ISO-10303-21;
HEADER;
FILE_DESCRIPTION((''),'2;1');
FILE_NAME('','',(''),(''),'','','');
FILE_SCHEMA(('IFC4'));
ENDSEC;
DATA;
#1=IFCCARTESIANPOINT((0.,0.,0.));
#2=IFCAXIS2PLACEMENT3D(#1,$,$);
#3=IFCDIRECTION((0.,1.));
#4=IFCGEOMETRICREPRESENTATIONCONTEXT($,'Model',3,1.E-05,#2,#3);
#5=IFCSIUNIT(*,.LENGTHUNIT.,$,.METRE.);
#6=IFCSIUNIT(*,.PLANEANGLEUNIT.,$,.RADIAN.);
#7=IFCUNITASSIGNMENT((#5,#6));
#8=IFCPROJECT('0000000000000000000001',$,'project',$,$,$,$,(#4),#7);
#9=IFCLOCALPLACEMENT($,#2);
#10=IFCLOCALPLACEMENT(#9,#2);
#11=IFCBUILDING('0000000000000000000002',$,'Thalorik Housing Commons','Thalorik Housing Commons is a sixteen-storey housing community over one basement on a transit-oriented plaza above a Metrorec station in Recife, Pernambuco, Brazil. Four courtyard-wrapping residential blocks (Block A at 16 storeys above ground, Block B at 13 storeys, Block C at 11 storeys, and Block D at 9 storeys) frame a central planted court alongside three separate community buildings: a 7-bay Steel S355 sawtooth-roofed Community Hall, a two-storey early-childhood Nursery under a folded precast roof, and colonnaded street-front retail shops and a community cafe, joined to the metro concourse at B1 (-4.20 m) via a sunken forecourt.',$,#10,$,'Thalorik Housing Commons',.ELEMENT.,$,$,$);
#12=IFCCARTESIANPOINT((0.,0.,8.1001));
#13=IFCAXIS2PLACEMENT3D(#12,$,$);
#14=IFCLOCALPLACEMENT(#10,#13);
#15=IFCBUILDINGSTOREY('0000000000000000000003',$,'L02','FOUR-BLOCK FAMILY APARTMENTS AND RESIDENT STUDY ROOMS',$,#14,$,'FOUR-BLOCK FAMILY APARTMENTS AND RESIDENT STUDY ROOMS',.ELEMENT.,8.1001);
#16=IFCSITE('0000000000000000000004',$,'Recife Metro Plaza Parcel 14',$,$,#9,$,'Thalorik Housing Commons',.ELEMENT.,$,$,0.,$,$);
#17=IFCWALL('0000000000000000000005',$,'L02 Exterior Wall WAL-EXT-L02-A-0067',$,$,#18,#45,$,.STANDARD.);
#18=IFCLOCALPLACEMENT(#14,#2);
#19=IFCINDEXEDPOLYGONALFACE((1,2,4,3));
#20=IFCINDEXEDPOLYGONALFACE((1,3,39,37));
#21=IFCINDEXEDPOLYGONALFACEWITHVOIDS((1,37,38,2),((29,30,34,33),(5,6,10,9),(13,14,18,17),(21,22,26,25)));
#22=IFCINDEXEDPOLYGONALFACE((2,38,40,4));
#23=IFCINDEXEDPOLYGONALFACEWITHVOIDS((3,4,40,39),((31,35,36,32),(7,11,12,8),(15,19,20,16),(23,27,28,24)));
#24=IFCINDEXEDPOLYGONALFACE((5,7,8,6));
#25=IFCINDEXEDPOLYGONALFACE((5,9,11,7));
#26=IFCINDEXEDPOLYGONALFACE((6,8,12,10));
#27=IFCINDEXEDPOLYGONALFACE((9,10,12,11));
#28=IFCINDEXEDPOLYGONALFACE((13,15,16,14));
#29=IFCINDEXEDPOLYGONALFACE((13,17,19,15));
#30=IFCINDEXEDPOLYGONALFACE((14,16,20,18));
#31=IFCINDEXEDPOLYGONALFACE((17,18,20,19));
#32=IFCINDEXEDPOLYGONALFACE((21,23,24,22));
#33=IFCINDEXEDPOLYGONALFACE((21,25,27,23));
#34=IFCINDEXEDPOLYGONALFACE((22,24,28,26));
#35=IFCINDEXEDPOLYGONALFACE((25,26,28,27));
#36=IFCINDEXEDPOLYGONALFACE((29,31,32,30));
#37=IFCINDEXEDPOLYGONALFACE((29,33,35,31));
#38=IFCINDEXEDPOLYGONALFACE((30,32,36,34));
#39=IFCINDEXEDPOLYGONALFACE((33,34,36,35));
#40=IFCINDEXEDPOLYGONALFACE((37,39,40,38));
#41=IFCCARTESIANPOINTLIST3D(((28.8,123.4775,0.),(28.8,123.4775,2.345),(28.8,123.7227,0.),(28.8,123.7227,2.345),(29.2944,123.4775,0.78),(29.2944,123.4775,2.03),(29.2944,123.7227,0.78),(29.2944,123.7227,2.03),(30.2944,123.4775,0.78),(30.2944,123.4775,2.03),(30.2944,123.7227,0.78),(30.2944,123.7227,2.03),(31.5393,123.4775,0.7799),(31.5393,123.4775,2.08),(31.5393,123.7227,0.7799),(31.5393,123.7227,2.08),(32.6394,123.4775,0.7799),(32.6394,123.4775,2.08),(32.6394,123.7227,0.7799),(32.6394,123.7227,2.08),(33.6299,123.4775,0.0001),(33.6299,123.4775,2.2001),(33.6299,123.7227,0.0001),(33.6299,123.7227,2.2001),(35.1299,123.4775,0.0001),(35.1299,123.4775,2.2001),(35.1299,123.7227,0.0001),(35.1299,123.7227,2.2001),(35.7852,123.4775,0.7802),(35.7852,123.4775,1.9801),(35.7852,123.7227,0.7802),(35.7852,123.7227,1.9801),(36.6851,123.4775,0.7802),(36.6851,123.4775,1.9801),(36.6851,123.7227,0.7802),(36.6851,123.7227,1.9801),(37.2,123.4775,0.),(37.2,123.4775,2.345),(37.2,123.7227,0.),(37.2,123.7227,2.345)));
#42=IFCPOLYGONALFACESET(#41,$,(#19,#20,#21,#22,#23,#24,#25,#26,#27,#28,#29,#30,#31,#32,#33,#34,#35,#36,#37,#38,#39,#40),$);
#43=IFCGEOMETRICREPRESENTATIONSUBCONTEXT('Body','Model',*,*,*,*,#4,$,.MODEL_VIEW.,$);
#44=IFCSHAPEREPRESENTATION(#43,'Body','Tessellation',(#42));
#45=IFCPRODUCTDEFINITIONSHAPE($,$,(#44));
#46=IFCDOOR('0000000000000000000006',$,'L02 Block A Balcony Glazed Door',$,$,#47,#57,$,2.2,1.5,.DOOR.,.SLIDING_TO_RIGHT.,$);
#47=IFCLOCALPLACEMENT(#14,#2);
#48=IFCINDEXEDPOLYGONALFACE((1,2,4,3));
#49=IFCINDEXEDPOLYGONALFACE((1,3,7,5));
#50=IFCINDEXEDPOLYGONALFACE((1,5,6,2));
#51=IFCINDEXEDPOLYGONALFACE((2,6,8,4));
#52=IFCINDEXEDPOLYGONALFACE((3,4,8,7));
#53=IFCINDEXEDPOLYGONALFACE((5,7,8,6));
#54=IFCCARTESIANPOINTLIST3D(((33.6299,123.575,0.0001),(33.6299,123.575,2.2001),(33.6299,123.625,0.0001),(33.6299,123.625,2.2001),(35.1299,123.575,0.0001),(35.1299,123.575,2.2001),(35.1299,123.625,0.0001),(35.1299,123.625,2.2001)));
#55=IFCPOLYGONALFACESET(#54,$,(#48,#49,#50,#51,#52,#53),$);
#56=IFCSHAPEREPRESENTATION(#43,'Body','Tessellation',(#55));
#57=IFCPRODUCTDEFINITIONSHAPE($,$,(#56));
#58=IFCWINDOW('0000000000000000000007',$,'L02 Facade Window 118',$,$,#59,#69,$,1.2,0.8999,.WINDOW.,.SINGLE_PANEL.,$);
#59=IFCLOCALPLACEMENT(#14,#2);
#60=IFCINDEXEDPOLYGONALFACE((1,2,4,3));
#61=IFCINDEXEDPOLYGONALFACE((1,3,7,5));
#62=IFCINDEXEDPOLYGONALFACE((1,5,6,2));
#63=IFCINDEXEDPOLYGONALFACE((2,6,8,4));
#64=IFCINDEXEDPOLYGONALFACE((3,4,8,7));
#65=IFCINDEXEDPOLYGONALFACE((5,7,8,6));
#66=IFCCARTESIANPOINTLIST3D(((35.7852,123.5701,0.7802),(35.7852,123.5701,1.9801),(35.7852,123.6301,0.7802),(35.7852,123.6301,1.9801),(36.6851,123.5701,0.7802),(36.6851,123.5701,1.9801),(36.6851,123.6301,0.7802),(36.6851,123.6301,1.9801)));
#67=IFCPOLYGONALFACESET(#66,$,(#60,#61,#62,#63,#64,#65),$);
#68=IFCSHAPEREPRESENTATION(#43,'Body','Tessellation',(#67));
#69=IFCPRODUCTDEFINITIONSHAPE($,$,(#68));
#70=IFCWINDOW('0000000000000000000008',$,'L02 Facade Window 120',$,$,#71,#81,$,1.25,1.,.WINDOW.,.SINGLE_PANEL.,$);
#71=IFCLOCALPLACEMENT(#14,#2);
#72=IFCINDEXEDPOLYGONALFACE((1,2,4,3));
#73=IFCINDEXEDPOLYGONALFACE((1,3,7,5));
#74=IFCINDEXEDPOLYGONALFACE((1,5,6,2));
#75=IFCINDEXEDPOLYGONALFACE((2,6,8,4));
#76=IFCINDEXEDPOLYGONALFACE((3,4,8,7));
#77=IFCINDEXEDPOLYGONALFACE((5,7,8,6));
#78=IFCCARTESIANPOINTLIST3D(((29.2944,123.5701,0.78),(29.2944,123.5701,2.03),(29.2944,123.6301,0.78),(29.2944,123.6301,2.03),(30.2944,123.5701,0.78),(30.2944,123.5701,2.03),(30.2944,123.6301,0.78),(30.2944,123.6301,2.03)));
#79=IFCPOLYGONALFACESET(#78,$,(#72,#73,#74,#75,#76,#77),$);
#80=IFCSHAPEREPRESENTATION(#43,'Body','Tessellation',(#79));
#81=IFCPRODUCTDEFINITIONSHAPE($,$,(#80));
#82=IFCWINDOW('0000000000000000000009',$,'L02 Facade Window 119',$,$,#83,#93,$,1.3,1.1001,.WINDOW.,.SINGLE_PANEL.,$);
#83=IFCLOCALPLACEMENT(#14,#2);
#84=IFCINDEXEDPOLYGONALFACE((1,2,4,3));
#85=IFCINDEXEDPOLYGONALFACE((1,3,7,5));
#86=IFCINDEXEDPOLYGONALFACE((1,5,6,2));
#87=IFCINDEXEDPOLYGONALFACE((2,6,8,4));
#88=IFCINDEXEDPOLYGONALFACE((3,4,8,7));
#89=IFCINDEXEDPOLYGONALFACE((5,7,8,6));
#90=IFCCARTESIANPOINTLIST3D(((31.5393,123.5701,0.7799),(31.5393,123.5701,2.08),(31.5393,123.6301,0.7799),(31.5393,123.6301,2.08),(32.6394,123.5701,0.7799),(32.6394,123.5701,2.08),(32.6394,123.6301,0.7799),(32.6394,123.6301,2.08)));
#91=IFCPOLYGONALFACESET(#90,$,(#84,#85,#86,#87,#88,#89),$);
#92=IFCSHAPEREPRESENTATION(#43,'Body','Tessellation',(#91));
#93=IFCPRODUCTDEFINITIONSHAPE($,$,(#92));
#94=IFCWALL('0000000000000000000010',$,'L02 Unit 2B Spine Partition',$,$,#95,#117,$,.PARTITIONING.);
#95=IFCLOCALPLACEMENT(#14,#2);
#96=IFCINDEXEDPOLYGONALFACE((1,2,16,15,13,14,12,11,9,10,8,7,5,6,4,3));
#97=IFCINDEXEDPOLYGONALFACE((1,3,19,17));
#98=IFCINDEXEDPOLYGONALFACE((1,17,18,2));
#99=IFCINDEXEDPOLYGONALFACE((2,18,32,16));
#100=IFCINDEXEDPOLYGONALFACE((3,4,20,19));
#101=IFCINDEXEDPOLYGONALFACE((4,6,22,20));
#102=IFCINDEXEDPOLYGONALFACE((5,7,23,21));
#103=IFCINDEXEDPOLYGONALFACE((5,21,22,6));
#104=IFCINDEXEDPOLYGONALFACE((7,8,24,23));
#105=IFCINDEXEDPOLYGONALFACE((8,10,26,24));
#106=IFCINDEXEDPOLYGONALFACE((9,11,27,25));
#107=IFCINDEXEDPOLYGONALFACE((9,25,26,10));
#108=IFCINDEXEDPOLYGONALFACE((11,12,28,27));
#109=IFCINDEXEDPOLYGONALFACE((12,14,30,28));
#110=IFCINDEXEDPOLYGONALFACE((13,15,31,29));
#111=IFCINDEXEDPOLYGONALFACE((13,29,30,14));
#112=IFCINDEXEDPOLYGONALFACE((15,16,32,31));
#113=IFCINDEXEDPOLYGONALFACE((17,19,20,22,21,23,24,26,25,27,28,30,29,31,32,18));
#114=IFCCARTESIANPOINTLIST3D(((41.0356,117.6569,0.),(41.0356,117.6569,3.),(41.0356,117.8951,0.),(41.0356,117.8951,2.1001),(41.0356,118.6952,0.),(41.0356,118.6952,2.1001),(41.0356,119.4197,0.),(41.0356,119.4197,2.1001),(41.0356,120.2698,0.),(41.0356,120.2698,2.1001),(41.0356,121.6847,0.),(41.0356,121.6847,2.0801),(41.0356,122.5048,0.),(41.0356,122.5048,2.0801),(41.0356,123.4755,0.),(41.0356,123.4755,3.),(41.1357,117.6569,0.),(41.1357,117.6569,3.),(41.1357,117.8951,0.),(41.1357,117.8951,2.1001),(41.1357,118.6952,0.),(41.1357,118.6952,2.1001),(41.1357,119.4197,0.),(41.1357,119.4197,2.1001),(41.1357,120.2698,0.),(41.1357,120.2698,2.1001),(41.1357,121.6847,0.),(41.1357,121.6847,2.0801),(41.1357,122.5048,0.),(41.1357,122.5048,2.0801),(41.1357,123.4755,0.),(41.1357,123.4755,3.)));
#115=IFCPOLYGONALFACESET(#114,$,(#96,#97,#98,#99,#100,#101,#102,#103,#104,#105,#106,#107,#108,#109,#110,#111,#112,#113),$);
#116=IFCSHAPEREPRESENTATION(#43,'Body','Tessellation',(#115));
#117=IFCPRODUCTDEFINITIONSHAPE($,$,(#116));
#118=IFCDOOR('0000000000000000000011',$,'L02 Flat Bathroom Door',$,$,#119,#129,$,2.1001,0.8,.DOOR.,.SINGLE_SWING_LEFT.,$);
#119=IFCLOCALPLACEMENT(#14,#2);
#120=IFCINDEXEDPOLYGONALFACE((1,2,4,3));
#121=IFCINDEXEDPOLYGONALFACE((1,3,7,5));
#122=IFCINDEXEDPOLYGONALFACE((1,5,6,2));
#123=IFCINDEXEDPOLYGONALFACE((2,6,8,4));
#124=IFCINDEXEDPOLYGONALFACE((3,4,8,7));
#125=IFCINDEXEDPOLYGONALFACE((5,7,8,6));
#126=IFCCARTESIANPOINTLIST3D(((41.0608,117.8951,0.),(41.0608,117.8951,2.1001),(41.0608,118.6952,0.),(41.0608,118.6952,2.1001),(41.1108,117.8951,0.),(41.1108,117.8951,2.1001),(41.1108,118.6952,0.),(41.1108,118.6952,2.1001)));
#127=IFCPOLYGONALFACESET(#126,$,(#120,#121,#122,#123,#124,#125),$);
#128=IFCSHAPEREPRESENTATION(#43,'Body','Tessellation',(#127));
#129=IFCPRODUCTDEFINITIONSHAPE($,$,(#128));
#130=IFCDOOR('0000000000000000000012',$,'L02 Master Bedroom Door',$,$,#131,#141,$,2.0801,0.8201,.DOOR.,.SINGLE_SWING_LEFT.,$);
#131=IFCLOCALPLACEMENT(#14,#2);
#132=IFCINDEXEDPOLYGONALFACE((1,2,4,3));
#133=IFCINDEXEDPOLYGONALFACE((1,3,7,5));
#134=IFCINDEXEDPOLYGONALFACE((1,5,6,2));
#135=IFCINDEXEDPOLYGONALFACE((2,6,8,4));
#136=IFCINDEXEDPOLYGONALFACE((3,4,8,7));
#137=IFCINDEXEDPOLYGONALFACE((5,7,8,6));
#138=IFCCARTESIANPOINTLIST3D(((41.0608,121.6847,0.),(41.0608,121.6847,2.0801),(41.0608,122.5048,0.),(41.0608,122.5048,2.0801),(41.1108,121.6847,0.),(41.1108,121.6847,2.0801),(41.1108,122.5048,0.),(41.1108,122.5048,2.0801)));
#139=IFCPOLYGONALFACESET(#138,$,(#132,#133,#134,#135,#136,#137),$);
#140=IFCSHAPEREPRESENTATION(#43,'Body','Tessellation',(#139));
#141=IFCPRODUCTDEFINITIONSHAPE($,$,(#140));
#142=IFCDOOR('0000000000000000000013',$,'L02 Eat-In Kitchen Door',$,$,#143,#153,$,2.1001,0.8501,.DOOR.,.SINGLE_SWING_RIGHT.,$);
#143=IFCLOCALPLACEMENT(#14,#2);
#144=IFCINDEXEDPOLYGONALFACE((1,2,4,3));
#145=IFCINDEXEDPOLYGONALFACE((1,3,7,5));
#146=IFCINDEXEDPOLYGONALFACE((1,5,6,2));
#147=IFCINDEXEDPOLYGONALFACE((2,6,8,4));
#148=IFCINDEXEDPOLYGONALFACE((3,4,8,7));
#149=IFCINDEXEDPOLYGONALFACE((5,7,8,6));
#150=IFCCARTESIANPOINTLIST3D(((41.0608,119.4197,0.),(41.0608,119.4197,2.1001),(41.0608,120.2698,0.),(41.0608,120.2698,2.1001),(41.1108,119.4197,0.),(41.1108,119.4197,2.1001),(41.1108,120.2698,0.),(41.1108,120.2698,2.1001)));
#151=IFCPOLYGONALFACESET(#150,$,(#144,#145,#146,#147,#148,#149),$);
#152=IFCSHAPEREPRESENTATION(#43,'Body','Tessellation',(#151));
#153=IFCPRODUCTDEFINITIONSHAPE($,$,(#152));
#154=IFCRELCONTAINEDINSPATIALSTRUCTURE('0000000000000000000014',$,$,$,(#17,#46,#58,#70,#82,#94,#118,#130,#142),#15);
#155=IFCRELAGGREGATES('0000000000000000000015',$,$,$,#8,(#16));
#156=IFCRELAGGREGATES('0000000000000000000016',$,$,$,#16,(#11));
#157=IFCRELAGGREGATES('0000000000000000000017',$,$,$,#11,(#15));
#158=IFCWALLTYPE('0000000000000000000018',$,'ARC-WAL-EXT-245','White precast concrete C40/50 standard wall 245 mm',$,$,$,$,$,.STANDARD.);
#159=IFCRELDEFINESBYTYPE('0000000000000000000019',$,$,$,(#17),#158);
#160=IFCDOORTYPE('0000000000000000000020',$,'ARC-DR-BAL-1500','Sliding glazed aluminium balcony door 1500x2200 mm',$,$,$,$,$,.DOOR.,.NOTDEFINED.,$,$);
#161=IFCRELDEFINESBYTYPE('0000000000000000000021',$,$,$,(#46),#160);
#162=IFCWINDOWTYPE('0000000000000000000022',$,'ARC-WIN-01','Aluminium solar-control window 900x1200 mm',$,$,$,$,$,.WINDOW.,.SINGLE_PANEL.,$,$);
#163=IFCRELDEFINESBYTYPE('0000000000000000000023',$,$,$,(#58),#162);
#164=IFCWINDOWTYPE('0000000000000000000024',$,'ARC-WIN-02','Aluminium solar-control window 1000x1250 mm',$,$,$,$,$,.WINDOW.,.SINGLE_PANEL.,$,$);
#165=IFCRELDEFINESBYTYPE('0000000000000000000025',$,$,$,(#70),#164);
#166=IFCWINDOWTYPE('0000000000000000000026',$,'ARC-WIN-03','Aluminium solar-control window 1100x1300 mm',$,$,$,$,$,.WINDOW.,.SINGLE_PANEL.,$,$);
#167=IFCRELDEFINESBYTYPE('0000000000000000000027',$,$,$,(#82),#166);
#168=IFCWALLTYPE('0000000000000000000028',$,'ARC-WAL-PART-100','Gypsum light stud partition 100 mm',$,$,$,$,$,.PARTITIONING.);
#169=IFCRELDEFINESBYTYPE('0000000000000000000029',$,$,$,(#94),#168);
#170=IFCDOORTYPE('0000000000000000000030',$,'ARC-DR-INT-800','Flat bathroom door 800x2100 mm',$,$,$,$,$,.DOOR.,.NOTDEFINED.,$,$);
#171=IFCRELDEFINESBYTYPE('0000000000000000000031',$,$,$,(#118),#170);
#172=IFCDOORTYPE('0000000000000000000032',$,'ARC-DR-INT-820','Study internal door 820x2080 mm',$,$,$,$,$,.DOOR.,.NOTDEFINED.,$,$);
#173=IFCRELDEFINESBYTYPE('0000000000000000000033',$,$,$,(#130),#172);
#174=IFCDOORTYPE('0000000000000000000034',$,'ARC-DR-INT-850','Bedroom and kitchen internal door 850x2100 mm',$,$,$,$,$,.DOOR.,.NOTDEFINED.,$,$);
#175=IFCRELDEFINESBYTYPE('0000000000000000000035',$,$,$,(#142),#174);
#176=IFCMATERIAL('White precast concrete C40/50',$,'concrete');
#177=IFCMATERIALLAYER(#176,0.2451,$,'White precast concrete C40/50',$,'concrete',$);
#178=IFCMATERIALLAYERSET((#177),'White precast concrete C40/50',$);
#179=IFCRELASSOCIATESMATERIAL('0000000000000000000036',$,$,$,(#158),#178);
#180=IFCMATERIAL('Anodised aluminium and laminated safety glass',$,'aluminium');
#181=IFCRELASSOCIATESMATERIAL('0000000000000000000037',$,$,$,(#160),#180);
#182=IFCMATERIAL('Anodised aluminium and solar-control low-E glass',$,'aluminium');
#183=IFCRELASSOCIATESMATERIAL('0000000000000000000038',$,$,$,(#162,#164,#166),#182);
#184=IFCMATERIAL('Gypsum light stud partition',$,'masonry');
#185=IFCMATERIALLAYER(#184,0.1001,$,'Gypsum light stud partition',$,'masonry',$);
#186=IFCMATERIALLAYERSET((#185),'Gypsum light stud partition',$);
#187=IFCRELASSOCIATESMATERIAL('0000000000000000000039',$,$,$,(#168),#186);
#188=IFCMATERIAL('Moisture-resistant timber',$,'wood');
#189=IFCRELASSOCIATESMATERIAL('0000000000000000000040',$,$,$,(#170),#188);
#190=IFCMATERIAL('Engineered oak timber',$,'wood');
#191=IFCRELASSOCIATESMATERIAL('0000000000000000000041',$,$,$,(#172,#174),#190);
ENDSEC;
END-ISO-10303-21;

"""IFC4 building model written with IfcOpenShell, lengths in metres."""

from ifc_helpers import new_model, si_unit, direction, frame, frame_2d, origin, place, context, subcontext, project, spatial, rectangle, extrude, material, layer, layer_set, type_object, element, fill, save


model = new_model("IFC4")

# Units and contexts
model_context = context("Model", 3, precision=1e-05, world=origin(), true_north=direction((0.0, 1.0)))
body_context = subcontext(model_context, "Body", "Model", "MODEL_VIEW")
ifc_project = project(units=[si_unit("LENGTHUNIT", "METRE"), si_unit("PLANEANGLEUNIT", "RADIAN")], contexts=[model_context])

# Site, building, storey
site_placement = place(None, origin())
site = spatial("IfcSite", under=ifc_project, at=site_placement, Name="Recife Metro Plaza Parcel 14", LongName="Thalorik Housing Commons", CompositionType="ELEMENT", RefElevation=0.0)
building_placement = place(site_placement, origin())
building = spatial("IfcBuilding", under=site, at=building_placement, Name="Thalorik Housing Commons", Description="Thalorik Housing Commons is a sixteen-storey housing community over one basement on a transit-oriented plaza above a Metrorec station in Recife, Pernambuco, Brazil. Four courtyard-wrapping residential blocks (Block A at 16 storeys above ground, Block B at 13 storeys, Block C at 11 storeys, and Block D at 9 storeys) frame a central planted court alongside three separate community buildings: a 7-bay Steel S355 sawtooth-roofed Community Hall, a two-storey early-childhood Nursery under a folded precast roof, and colonnaded street-front retail shops and a community cafe, joined to the metro concourse at B1 (-4.20 m) via a sunken forecourt.", LongName="Thalorik Housing Commons", CompositionType="ELEMENT")
storey_placement = place(building_placement, frame((0.0, 0.0, 8.1001)))
storey = spatial("IfcBuildingStorey", under=building, at=storey_placement, Name="L02", Description="FOUR-BLOCK FAMILY APARTMENTS AND RESIDENT STUDY ROOMS", LongName="FOUR-BLOCK FAMILY APARTMENTS AND RESIDENT STUDY ROOMS", CompositionType="ELEMENT", Elevation=8.1001)

# Wall, openings, door, windows
ifc_material_1 = material(Name="White precast concrete C40/50", Category="concrete")
ifc_layer_1 = layer(ifc_material_1, 0.2451, Name="White precast concrete C40/50", Category="concrete")
ifc_layer_set_1 = layer_set([ifc_layer_1], Name="White precast concrete C40/50")
wall_type_1 = type_object("IfcWallType", Name="ARC-WAL-EXT-245", Description="White precast concrete C40/50 standard wall 245 mm", PredefinedType="STANDARD", material=ifc_layer_set_1)
wall_1_placement = place(storey_placement, frame((37.2, 123.6001, 0.0), z_axis=(0.0, 0.0, 1.0), x_axis=(-1.0, 0.0, 0.0)))
wall_1 = element("IfcWall", 1, at=wall_1_placement, inside=storey, type_object=wall_type_1, Name="L02 Exterior Wall WAL-EXT-L02-A-0067", PredefinedType="STANDARD", context=body_context, shape_type="SweptSolid", body=[
    extrude(rectangle(XDim=8.3999, YDim=0.2451, at=frame_2d((4.2, 0.0))), origin(), (0.0, 0.0, 1.0), 2.345),
])
opening_1_placement = place(wall_1_placement, frame((2.0701, 0.0, 0.0)))
opening_1 = element("IfcOpeningElement", 2, at=opening_1_placement, cuts=wall_1, PredefinedType="OPENING", context=body_context, shape_type="SweptSolid", body=[
    extrude(rectangle(XDim=1.5, YDim=2.2, at=frame_2d((0.75, 1.1001))), frame((0.0, 0.1326, 0.0), z_axis=(0.0, -1.0, 0.0), x_axis=(1.0, 0.0, 0.0)), (0.0, 0.0, 1.0), 0.2651),
])
opening_2_placement = place(wall_1_placement, frame((0.5149, 0.0, 0.78)))
opening_2 = element("IfcOpeningElement", 3, at=opening_2_placement, cuts=wall_1, PredefinedType="OPENING", context=body_context, shape_type="SweptSolid", body=[
    extrude(rectangle(XDim=0.8999, YDim=1.2, at=frame_2d((0.45, 0.6001))), frame((0.0, 0.1326, 0.0), z_axis=(0.0, -1.0, 0.0), x_axis=(1.0, 0.0, 0.0)), (0.0, 0.0, 1.0), 0.2651),
])
opening_3_placement = place(wall_1_placement, frame((4.5605, 0.0, 0.78)))
opening_3 = element("IfcOpeningElement", 4, at=opening_3_placement, cuts=wall_1, PredefinedType="OPENING", context=body_context, shape_type="SweptSolid", body=[
    extrude(rectangle(XDim=1.1001, YDim=1.3, at=frame_2d((0.55, 0.6499))), frame((0.0, 0.1326, 0.0), z_axis=(0.0, -1.0, 0.0), x_axis=(1.0, 0.0, 0.0)), (0.0, 0.0, 1.0), 0.2651),
])
opening_4_placement = place(wall_1_placement, frame((6.9055, 0.0, 0.78)))
opening_4 = element("IfcOpeningElement", 5, at=opening_4_placement, cuts=wall_1, PredefinedType="OPENING", context=body_context, shape_type="SweptSolid", body=[
    extrude(rectangle(XDim=1.0, YDim=1.25, at=frame_2d((0.5, 0.625))), frame((0.0, 0.1326, 0.0), z_axis=(0.0, -1.0, 0.0), x_axis=(1.0, 0.0, 0.0)), (0.0, 0.0, 1.0), 0.2651),
])
ifc_material_2 = material(Name="Anodised aluminium and laminated safety glass", Category="aluminium")
door_type_1 = type_object("IfcDoorType", Name="ARC-DR-BAL-1500", Description="Sliding glazed aluminium balcony door 1500x2200 mm", OperationType="NOTDEFINED", PredefinedType="DOOR", material=ifc_material_2)
door_1_placement = place(opening_1_placement, frame((1.5, 0.0, 0.0), z_axis=(0.0, 0.0, 1.0), x_axis=(-1.0, 0.0, 0.0)))
door_1 = element("IfcDoor", 6, at=door_1_placement, inside=storey, type_object=door_type_1, Name="L02 Block A Balcony Glazed Door", OperationType="SLIDING_TO_RIGHT", OverallHeight=2.2, OverallWidth=1.5, PredefinedType="DOOR", context=body_context, shape_type="SweptSolid", body=[
    extrude(rectangle(XDim=1.5, YDim=2.2, at=frame_2d((0.75, 1.1001))), frame((0.0, 0.0249, 0.0), z_axis=(0.0, -1.0, 0.0), x_axis=(1.0, 0.0, 0.0)), (0.0, 0.0, 1.0), 0.05),
])
fill(opening_1, door_1)
ifc_material_3 = material(Name="Anodised aluminium and solar-control low-E glass", Category="aluminium")
window_type_1 = type_object("IfcWindowType", Name="ARC-WIN-01", Description="Aluminium solar-control window 900x1200 mm", PartitioningType="SINGLE_PANEL", PredefinedType="WINDOW", material=ifc_material_3)
window_1_placement = place(opening_2_placement, origin())
window_1 = element("IfcWindow", 7, at=window_1_placement, inside=storey, type_object=window_type_1, Name="L02 Facade Window 118", OverallHeight=1.2, OverallWidth=0.8999, PartitioningType="SINGLE_PANEL", PredefinedType="WINDOW", context=body_context, shape_type="SweptSolid", body=[
    extrude(rectangle(XDim=0.8999, YDim=1.2, at=frame_2d((0.45, 0.6001))), frame((0.0, 0.03, 0.0), z_axis=(0.0, -1.0, 0.0), x_axis=(1.0, 0.0, 0.0)), (0.0, 0.0, 1.0), 0.0601),
])
fill(opening_2, window_1)
window_type_2 = type_object("IfcWindowType", Name="ARC-WIN-02", Description="Aluminium solar-control window 1000x1250 mm", PartitioningType="SINGLE_PANEL", PredefinedType="WINDOW", material=ifc_material_3)
window_2_placement = place(opening_4_placement, origin())
window_2 = element("IfcWindow", 8, at=window_2_placement, inside=storey, type_object=window_type_2, Name="L02 Facade Window 120", OverallHeight=1.25, OverallWidth=1.0, PartitioningType="SINGLE_PANEL", PredefinedType="WINDOW", context=body_context, shape_type="SweptSolid", body=[
    extrude(rectangle(XDim=1.0, YDim=1.25, at=frame_2d((0.5, 0.625))), frame((0.0, 0.03, 0.0), z_axis=(0.0, -1.0, 0.0), x_axis=(1.0, 0.0, 0.0)), (0.0, 0.0, 1.0), 0.0601),
])
fill(opening_4, window_2)
window_type_3 = type_object("IfcWindowType", Name="ARC-WIN-03", Description="Aluminium solar-control window 1100x1300 mm", PartitioningType="SINGLE_PANEL", PredefinedType="WINDOW", material=ifc_material_3)
window_3_placement = place(opening_3_placement, origin())
window_3 = element("IfcWindow", 9, at=window_3_placement, inside=storey, type_object=window_type_3, Name="L02 Facade Window 119", OverallHeight=1.3, OverallWidth=1.1001, PartitioningType="SINGLE_PANEL", PredefinedType="WINDOW", context=body_context, shape_type="SweptSolid", body=[
    extrude(rectangle(XDim=1.1001, YDim=1.3, at=frame_2d((0.55, 0.6499))), frame((0.0, 0.03, 0.0), z_axis=(0.0, -1.0, 0.0), x_axis=(1.0, 0.0, 0.0)), (0.0, 0.0, 1.0), 0.0601),
])
fill(opening_3, window_3)

# Wall, openings, doors
ifc_material_4 = material(Name="Gypsum light stud partition", Category="masonry")
ifc_layer_2 = layer(ifc_material_4, 0.1001, Name="Gypsum light stud partition", Category="masonry")
ifc_layer_set_2 = layer_set([ifc_layer_2], Name="Gypsum light stud partition")
wall_type_2 = type_object("IfcWallType", Name="ARC-WAL-PART-100", Description="Gypsum light stud partition 100 mm", PredefinedType="PARTITIONING", material=ifc_layer_set_2)
wall_2_placement = place(storey_placement, frame((41.0857, 117.657, 0.0), z_axis=(0.0, 0.0, 1.0), x_axis=(0.0, 1.0, 0.0)))
wall_2 = element("IfcWall", 10, at=wall_2_placement, inside=storey, type_object=wall_type_2, Name="L02 Unit 2B Spine Partition", PredefinedType="PARTITIONING", context=body_context, shape_type="SweptSolid", body=[
    extrude(rectangle(XDim=5.8186, YDim=0.1001, at=frame_2d((2.9092, 0.0))), origin(), (0.0, 0.0, 1.0), 3.0),
])
opening_5_placement = place(wall_2_placement, frame((0.2383, 0.0, 0.0)))
opening_5 = element("IfcOpeningElement", 11, at=opening_5_placement, cuts=wall_2, PredefinedType="OPENING", context=body_context, shape_type="SweptSolid", body=[
    extrude(rectangle(XDim=0.8, YDim=2.1001, at=frame_2d((0.3999, 1.05))), frame((0.0, 0.0601, 0.0), z_axis=(0.0, -1.0, 0.0), x_axis=(1.0, 0.0, 0.0)), (0.0, 0.0, 1.0), 0.1201),
])
opening_6_placement = place(wall_2_placement, frame((1.7627, 0.0, 0.0)))
opening_6 = element("IfcOpeningElement", 12, at=opening_6_placement, cuts=wall_2, PredefinedType="OPENING", context=body_context, shape_type="SweptSolid", body=[
    extrude(rectangle(XDim=0.8501, YDim=2.1001, at=frame_2d((0.425, 1.05))), frame((0.0, 0.0601, 0.0), z_axis=(0.0, -1.0, 0.0), x_axis=(1.0, 0.0, 0.0)), (0.0, 0.0, 1.0), 0.1201),
])
opening_7_placement = place(wall_2_placement, frame((4.0276, 0.0, 0.0)))
opening_7 = element("IfcOpeningElement", 13, at=opening_7_placement, cuts=wall_2, PredefinedType="OPENING", context=body_context, shape_type="SweptSolid", body=[
    extrude(rectangle(XDim=0.8201, YDim=2.0801, at=frame_2d((0.4102, 1.04))), frame((0.0, 0.0601, 0.0), z_axis=(0.0, -1.0, 0.0), x_axis=(1.0, 0.0, 0.0)), (0.0, 0.0, 1.0), 0.1201),
])
ifc_material_5 = material(Name="Moisture-resistant timber", Category="wood")
door_type_2 = type_object("IfcDoorType", Name="ARC-DR-INT-800", Description="Flat bathroom door 800x2100 mm", OperationType="NOTDEFINED", PredefinedType="DOOR", material=ifc_material_5)
door_2_placement = place(opening_5_placement, origin())
door_2 = element("IfcDoor", 14, at=door_2_placement, inside=storey, type_object=door_type_2, Name="L02 Flat Bathroom Door", OperationType="SINGLE_SWING_LEFT", OverallHeight=2.1001, OverallWidth=0.8, PredefinedType="DOOR", context=body_context, shape_type="SweptSolid", body=[
    extrude(rectangle(XDim=0.8, YDim=2.1001, at=frame_2d((0.3999, 1.05))), frame((0.0, 0.0249, 0.0), z_axis=(0.0, -1.0, 0.0), x_axis=(1.0, 0.0, 0.0)), (0.0, 0.0, 1.0), 0.05),
])
fill(opening_5, door_2)
ifc_material_6 = material(Name="Engineered oak timber", Category="wood")
door_type_3 = type_object("IfcDoorType", Name="ARC-DR-INT-820", Description="Study internal door 820x2080 mm", OperationType="NOTDEFINED", PredefinedType="DOOR", material=ifc_material_6)
door_3_placement = place(opening_7_placement, origin())
door_3 = element("IfcDoor", 15, at=door_3_placement, inside=storey, type_object=door_type_3, Name="L02 Master Bedroom Door", OperationType="SINGLE_SWING_LEFT", OverallHeight=2.0801, OverallWidth=0.8201, PredefinedType="DOOR", context=body_context, shape_type="SweptSolid", body=[
    extrude(rectangle(XDim=0.8201, YDim=2.0801, at=frame_2d((0.4102, 1.04))), frame((0.0, 0.0249, 0.0), z_axis=(0.0, -1.0, 0.0), x_axis=(1.0, 0.0, 0.0)), (0.0, 0.0, 1.0), 0.05),
])
fill(opening_7, door_3)
door_type_4 = type_object("IfcDoorType", Name="ARC-DR-INT-850", Description="Bedroom and kitchen internal door 850x2100 mm", OperationType="NOTDEFINED", PredefinedType="DOOR", material=ifc_material_6)
door_4_placement = place(opening_6_placement, origin())
door_4 = element("IfcDoor", 16, at=door_4_placement, inside=storey, type_object=door_type_4, Name="L02 Eat-In Kitchen Door", OperationType="SINGLE_SWING_RIGHT", OverallHeight=2.1001, OverallWidth=0.8501, PredefinedType="DOOR", context=body_context, shape_type="SweptSolid", body=[
    extrude(rectangle(XDim=0.8501, YDim=2.1001, at=frame_2d((0.425, 1.05))), frame((0.0, 0.0249, 0.0), z_axis=(0.0, -1.0, 0.0), x_axis=(1.0, 0.0, 0.0)), (0.0, 0.0, 1.0), 0.05),
])
fill(opening_6, door_4)

save(model, "model.ifc")
